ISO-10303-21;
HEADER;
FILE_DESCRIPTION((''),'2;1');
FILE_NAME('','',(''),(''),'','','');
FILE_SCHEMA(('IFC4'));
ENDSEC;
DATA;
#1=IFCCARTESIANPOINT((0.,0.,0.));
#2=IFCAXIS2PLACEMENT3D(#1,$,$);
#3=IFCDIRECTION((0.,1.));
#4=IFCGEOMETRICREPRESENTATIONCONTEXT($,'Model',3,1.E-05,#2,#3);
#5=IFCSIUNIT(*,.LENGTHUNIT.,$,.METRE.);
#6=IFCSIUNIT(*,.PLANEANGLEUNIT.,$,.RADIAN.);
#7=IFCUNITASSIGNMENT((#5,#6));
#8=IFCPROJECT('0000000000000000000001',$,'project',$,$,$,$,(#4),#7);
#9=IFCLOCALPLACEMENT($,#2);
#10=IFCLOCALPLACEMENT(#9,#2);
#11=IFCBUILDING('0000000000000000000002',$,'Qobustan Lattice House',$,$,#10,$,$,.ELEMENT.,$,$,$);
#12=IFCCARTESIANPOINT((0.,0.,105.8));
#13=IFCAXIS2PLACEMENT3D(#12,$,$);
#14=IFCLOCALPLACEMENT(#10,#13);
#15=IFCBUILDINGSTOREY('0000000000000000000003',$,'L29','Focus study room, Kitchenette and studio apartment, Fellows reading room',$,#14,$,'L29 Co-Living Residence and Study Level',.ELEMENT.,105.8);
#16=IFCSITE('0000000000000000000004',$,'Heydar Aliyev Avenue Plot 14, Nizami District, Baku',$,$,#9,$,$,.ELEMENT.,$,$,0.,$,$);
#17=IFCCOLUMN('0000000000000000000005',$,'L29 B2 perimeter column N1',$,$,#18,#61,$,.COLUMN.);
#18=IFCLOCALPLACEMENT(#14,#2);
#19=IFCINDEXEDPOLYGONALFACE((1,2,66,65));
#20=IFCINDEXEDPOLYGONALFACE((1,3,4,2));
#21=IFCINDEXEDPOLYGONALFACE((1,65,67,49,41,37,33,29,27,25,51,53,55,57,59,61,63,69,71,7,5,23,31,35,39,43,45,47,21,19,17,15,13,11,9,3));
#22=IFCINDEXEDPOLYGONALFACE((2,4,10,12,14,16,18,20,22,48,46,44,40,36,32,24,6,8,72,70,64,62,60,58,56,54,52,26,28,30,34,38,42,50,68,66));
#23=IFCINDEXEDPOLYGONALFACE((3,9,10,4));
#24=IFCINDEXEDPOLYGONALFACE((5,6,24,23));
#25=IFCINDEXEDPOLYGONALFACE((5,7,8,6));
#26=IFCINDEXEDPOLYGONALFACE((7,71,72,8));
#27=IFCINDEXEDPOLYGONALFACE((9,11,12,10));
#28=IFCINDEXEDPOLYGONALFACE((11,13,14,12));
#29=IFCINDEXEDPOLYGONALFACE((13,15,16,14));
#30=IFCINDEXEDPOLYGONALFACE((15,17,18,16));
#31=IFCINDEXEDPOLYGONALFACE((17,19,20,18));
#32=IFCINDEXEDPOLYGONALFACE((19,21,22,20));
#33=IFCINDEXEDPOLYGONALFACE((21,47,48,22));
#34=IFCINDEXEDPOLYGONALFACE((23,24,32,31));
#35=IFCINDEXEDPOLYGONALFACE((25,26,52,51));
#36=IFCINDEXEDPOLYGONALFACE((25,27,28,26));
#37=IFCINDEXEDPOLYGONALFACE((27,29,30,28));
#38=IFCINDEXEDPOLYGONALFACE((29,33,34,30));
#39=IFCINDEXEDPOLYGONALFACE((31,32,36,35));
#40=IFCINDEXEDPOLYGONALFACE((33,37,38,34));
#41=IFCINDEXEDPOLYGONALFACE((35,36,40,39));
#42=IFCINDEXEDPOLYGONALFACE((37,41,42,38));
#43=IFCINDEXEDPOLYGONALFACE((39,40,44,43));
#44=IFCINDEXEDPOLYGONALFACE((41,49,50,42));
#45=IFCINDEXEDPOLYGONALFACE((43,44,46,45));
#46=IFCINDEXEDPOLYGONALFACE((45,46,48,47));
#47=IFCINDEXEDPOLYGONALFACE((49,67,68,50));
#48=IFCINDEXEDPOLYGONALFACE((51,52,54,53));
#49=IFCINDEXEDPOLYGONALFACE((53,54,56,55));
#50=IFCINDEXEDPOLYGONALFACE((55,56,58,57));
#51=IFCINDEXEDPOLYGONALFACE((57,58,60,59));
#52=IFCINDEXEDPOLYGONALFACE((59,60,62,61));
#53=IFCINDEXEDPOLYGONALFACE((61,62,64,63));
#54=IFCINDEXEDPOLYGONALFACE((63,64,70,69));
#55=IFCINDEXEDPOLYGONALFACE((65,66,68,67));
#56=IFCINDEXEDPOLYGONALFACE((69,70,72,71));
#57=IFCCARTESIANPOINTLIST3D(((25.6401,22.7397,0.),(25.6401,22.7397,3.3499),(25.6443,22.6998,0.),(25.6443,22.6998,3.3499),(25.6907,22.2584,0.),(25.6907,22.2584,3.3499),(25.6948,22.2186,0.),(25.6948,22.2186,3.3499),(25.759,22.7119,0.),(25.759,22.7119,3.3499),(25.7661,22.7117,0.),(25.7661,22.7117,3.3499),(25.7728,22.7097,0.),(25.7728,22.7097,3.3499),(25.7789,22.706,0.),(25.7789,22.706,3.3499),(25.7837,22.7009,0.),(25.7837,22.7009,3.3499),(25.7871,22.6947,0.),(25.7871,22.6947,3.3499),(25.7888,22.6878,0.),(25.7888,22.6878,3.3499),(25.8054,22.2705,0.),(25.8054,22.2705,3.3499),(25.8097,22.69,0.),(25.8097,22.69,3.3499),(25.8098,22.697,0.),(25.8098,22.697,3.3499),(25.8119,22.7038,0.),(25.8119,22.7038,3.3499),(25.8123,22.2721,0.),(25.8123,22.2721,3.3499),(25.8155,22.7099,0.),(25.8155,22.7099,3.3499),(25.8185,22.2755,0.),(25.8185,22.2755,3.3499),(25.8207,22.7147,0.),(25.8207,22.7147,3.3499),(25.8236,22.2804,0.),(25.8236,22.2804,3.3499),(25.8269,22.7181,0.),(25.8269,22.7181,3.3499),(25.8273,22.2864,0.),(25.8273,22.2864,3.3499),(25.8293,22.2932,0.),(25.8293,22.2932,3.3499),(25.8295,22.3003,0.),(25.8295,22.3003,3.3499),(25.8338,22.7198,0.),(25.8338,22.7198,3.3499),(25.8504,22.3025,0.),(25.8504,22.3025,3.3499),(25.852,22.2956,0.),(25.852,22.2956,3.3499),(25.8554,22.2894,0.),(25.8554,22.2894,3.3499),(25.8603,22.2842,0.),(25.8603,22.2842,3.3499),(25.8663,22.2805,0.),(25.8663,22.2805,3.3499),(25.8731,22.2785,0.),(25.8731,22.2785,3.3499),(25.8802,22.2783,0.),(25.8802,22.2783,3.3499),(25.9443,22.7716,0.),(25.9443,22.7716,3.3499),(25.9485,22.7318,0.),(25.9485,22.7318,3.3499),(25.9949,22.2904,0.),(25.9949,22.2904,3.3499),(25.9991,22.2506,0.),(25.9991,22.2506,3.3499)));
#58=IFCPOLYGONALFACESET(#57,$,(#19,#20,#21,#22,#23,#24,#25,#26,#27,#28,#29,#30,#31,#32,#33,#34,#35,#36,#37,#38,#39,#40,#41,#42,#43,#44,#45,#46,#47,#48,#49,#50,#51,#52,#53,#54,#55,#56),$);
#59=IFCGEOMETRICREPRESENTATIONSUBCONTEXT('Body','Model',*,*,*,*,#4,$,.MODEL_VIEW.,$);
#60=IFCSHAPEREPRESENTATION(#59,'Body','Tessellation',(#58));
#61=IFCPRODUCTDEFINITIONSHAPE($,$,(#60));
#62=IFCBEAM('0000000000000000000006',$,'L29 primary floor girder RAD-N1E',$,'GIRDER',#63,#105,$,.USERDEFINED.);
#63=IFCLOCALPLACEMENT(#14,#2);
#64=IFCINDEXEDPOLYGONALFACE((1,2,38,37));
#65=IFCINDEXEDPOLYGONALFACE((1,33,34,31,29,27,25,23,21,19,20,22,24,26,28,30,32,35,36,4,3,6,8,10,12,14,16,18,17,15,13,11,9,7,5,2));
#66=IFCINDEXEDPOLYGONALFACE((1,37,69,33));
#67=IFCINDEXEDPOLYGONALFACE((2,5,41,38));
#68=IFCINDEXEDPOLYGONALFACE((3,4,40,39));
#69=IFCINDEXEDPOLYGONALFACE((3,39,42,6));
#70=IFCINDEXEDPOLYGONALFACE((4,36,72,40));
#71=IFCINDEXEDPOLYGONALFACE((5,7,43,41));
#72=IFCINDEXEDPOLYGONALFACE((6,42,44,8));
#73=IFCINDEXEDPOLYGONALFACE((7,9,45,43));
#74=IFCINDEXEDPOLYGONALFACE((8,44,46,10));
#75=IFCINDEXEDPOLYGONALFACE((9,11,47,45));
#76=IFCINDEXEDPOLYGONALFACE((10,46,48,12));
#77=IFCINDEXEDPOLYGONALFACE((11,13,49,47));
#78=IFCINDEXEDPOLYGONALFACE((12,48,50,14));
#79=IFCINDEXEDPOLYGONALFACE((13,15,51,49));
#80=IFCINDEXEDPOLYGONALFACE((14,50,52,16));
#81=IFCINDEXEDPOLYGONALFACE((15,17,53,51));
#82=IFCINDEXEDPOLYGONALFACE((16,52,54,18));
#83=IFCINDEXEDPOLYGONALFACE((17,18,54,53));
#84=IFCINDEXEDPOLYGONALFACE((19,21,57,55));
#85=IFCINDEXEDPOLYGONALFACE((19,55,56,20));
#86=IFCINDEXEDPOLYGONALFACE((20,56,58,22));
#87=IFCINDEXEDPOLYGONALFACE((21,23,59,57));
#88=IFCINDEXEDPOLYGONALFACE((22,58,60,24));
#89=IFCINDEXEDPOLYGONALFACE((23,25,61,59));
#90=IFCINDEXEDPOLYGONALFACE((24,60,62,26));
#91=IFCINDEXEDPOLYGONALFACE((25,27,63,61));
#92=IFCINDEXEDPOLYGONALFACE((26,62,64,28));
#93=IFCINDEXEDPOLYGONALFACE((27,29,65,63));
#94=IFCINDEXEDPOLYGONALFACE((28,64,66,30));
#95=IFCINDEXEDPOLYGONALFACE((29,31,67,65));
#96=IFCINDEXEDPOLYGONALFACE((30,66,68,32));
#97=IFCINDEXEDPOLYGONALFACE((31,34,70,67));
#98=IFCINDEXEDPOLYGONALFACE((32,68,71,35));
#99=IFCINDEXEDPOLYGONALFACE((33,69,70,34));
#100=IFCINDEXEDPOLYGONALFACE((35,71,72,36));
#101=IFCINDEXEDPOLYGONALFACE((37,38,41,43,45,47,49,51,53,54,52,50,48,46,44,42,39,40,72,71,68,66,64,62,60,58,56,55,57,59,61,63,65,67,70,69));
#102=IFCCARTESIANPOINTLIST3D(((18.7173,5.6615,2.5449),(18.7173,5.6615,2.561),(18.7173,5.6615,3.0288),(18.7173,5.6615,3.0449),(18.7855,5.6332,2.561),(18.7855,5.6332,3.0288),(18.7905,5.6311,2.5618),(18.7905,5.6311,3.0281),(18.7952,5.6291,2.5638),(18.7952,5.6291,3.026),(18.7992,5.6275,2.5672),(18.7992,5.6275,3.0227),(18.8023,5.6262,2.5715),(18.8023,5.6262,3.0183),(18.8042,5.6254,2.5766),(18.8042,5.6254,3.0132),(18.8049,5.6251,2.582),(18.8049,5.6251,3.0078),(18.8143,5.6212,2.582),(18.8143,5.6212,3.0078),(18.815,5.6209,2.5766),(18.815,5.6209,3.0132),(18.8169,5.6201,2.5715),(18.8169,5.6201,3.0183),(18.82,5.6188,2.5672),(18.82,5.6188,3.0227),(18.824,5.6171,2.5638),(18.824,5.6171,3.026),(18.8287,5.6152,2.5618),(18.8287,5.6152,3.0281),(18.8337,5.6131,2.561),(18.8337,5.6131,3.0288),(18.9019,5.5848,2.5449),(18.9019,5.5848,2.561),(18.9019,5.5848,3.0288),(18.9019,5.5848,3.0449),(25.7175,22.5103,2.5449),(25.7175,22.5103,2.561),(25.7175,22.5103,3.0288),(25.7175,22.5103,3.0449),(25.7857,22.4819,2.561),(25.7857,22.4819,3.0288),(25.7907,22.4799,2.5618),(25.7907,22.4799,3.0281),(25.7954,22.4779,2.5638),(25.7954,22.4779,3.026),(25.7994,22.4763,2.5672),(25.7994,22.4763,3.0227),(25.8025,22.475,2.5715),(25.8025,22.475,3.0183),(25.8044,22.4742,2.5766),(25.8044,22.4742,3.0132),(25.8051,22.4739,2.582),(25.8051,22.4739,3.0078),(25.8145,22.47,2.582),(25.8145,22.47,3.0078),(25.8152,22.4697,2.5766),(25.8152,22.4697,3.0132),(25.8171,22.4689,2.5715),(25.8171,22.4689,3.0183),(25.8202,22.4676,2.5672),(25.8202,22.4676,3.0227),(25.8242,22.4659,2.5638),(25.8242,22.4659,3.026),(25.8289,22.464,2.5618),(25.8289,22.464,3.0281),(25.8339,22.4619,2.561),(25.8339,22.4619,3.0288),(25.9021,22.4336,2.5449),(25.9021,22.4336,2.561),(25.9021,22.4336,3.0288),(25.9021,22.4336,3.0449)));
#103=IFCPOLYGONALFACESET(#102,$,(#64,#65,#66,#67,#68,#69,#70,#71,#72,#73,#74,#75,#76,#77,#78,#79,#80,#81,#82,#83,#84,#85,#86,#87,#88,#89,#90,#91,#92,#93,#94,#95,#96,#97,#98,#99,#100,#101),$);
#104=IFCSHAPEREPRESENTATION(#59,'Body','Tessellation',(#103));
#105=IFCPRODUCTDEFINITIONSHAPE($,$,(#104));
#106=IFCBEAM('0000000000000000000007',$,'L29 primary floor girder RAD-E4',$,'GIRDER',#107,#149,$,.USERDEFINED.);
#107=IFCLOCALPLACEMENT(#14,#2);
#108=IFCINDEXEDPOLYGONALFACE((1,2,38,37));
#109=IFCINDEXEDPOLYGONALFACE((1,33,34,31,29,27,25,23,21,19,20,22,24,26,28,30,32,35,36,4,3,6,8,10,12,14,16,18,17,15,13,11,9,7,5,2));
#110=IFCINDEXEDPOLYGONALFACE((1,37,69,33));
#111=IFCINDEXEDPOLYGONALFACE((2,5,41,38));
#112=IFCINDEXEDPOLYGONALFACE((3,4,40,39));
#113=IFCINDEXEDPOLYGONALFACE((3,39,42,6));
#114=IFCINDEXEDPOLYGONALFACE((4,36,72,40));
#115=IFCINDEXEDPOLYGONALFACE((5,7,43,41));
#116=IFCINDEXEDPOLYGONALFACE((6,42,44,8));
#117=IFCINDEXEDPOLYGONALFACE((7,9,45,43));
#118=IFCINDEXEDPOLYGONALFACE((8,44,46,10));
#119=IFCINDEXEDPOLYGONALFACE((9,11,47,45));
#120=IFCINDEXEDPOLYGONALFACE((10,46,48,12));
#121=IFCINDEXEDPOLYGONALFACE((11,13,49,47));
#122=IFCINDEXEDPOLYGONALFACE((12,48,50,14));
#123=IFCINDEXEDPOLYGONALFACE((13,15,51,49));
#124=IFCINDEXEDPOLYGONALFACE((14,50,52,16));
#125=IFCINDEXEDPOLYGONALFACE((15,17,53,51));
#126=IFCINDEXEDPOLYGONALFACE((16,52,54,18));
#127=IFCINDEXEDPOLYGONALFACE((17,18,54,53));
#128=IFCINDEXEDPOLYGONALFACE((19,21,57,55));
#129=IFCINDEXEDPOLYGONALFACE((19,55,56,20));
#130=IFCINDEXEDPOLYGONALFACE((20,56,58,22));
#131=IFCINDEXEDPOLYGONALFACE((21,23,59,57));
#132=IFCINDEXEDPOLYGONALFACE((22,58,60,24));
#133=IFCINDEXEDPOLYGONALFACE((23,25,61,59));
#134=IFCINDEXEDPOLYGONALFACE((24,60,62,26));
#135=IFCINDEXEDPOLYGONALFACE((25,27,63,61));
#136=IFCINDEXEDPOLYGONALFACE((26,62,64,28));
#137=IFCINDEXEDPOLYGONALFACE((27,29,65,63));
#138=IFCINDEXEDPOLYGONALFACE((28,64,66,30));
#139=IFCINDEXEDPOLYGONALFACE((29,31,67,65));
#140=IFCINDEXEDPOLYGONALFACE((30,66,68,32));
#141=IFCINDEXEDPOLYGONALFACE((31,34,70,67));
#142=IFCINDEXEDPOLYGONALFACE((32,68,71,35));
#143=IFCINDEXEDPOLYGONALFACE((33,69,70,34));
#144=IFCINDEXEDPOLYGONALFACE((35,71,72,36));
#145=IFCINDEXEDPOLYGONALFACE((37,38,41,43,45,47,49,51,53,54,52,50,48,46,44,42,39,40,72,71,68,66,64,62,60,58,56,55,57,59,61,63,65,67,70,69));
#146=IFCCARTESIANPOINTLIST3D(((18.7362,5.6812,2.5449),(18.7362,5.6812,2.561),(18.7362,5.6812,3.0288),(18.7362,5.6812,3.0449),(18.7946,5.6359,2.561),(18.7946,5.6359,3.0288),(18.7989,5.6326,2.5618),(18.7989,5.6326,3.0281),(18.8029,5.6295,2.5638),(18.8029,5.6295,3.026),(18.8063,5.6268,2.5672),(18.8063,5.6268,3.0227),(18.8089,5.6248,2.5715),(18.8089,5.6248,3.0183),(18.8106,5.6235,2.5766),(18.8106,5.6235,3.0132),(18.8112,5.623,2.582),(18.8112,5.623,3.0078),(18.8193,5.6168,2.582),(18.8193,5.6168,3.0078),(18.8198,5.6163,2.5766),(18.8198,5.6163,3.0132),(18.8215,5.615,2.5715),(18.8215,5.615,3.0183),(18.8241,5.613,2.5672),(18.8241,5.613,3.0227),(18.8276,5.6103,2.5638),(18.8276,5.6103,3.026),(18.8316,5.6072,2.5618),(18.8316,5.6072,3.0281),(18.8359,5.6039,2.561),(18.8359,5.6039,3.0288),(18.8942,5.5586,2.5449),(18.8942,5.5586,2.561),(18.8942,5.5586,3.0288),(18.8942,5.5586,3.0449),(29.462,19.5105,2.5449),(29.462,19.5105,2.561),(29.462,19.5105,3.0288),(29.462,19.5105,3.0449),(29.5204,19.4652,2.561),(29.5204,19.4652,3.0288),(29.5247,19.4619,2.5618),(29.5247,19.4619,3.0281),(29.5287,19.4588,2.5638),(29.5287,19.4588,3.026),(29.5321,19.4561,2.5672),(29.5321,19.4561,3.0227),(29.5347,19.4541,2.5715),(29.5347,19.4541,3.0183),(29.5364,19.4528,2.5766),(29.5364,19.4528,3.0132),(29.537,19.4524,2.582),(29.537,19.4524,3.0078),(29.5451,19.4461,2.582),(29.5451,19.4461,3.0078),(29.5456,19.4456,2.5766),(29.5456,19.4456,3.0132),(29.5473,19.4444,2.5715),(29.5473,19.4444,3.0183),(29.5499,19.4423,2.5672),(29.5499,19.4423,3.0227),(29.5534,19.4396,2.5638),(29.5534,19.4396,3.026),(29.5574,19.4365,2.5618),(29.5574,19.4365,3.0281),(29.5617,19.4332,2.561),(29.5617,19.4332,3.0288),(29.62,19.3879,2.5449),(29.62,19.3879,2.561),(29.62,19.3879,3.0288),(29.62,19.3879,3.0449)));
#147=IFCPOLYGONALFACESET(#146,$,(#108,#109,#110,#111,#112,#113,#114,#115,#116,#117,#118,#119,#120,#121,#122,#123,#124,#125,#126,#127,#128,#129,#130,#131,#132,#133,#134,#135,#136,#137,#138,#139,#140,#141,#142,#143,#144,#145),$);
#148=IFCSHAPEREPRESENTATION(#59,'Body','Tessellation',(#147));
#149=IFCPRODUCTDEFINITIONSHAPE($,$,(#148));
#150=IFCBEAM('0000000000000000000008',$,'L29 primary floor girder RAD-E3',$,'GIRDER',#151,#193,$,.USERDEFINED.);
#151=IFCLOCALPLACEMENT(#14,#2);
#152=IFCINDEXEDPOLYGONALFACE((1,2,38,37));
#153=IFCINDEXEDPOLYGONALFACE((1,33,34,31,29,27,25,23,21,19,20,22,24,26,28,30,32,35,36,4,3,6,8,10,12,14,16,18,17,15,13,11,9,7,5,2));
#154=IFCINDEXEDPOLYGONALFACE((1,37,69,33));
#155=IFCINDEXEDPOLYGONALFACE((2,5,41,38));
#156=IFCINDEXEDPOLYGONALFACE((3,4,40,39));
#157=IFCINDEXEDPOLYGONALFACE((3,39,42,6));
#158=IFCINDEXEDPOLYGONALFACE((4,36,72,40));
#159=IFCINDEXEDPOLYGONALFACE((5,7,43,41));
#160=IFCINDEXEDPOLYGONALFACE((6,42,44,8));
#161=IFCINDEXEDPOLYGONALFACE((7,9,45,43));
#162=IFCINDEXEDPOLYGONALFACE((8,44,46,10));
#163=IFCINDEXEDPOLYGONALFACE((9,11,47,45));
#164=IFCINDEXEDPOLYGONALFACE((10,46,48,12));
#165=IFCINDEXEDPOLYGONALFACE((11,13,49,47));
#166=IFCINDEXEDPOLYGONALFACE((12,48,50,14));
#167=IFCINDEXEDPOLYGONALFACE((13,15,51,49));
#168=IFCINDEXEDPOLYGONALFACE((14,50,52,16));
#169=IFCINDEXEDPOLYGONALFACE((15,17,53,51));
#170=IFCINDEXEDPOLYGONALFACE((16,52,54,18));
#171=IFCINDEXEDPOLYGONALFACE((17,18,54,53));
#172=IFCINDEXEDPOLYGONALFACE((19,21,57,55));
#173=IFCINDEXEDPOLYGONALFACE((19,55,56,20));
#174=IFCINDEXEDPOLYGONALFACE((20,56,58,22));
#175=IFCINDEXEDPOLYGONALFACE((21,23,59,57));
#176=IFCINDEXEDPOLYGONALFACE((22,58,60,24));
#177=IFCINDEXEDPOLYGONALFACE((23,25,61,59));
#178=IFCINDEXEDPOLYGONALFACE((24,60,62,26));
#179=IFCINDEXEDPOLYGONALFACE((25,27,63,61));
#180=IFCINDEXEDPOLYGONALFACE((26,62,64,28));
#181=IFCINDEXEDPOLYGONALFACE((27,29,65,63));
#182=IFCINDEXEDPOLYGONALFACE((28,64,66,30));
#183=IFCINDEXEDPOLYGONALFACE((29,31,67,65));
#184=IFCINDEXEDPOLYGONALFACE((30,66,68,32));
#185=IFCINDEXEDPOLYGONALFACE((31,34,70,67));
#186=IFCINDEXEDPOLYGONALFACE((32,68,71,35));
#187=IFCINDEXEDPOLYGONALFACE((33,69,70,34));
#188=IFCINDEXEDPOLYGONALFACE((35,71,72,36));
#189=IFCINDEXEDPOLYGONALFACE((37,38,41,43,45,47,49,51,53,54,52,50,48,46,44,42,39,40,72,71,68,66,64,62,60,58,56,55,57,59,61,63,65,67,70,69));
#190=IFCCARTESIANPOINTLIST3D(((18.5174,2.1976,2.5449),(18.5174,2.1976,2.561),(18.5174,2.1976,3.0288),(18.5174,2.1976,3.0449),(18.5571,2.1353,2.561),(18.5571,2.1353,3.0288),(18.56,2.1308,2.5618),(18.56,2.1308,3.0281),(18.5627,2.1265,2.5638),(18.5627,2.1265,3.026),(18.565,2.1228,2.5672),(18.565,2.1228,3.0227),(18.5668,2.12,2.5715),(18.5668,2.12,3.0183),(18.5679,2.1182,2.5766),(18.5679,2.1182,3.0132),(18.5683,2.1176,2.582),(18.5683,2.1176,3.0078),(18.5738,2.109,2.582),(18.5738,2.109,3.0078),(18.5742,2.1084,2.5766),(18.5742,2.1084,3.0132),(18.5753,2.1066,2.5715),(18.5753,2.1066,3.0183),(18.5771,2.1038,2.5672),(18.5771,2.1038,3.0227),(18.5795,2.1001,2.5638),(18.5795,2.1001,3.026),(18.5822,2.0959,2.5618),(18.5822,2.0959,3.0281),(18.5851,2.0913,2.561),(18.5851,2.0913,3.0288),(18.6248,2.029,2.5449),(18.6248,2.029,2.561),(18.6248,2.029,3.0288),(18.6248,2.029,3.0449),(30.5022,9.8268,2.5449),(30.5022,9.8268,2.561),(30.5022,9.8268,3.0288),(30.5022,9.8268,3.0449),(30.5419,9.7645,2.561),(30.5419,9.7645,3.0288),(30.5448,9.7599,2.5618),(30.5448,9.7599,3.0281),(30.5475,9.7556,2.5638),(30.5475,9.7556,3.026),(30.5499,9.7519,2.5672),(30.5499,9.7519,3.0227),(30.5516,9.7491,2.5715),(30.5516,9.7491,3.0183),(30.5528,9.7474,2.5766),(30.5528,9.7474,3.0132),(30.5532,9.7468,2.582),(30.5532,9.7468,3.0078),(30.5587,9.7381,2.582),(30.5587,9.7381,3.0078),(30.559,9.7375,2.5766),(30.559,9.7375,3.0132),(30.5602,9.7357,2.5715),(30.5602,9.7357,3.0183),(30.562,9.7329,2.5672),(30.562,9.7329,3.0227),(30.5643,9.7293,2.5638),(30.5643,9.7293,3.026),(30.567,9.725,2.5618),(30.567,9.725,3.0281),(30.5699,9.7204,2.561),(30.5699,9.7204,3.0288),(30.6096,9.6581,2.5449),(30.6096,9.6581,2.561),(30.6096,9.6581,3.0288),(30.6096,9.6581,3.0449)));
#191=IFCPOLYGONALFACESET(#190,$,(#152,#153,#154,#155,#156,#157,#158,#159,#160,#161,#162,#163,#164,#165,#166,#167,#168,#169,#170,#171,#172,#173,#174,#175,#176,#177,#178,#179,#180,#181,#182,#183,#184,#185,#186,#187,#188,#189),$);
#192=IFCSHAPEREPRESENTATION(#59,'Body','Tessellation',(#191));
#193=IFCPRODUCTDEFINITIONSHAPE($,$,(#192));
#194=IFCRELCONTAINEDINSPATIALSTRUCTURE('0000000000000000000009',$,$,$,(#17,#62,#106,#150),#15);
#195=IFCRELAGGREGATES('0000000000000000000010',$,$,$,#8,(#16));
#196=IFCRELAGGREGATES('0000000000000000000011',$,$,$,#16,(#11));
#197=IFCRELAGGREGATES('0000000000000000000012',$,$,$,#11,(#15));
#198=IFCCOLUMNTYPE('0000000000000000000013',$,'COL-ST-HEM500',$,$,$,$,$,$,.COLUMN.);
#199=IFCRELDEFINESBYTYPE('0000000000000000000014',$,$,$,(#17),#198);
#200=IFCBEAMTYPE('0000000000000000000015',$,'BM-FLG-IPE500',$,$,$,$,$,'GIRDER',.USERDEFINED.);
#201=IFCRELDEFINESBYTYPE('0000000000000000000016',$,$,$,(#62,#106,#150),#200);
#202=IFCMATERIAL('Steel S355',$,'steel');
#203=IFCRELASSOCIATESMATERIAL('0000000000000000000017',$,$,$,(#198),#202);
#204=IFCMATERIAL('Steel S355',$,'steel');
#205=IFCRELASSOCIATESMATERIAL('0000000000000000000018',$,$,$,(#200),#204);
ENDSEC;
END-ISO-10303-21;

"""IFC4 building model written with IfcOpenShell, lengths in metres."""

from ifc_helpers import new_model, si_unit, direction, frame, origin, origin_2d, place, context, subcontext, project, spatial, i_section, extrude, material, material_profile, profile_set, type_object, element, save


model = new_model("IFC4")

# Units and contexts
model_context = context("Model", 3, precision=1e-05, world=origin(), true_north=direction((0.0, 1.0)))
body_context = subcontext(model_context, "Body", "Model", "MODEL_VIEW")
ifc_project = project(units=[si_unit("LENGTHUNIT", "METRE"), si_unit("PLANEANGLEUNIT", "RADIAN")], contexts=[model_context])

# Site, building, storey
site_placement = place(None, origin())
site = spatial("IfcSite", under=ifc_project, at=site_placement, Name="Heydar Aliyev Avenue Plot 14, Nizami District, Baku", CompositionType="ELEMENT", RefElevation=0.0)
building_placement = place(site_placement, origin())
building = spatial("IfcBuilding", under=site, at=building_placement, Name="Qobustan Lattice House", CompositionType="ELEMENT")
storey_placement = place(building_placement, frame((0.0, 0.0, 105.8)))
storey = spatial("IfcBuildingStorey", under=building, at=storey_placement, Name="L29", Description="Focus study room, Kitchenette and studio apartment, Fellows reading room", LongName="L29 Co-Living Residence and Study Level", CompositionType="ELEMENT", Elevation=105.8)

# Column
ifc_material_1 = material(Name="Steel S355", Category="steel")
ifc_material_profile_1 = material_profile(ifc_material_1, i_section(OverallWidth=0.3059, OverallDepth=0.5239, WebThickness=0.021, FlangeThickness=0.04, FilletRadius=0.0271, at=origin_2d()), Name="HEM500")
ifc_profile_set_1 = profile_set([ifc_material_profile_1], Name="Steel S355")
column_type_1 = type_object("IfcColumnType", Name="COL-ST-HEM500", PredefinedType="COLUMN", material=ifc_profile_set_1)
column_1_placement = place(storey_placement, frame((25.8196, 22.4951, 0.0), z_axis=(0.0, 0.0, 1.0), x_axis=(0.994522, 0.104528, 0.0)))
element("IfcColumn", 1, at=column_1_placement, inside=storey, type_object=column_type_1, Name="L29 B2 perimeter column N1", PredefinedType="COLUMN", context=body_context, shape_type="SweptSolid", body=[
    extrude(i_section(OverallWidth=0.3059, OverallDepth=0.5239, WebThickness=0.021, FlangeThickness=0.04, FilletRadius=0.0271, at=origin_2d()), origin(), (0.0, 0.0, 1.0), 3.3499),
])

# Beams
ifc_material_2 = material(Name="Steel S355", Category="steel")
ifc_material_profile_2 = material_profile(ifc_material_2, i_section(OverallWidth=0.2, OverallDepth=0.5, WebThickness=0.0103, FlangeThickness=0.0161, FilletRadius=0.021, at=origin_2d()), Name="IPE500")
ifc_profile_set_2 = profile_set([ifc_material_profile_2], Name="Steel S355")
beam_type_1 = type_object("IfcBeamType", Name="BM-FLG-IPE500", ElementType="GIRDER", PredefinedType="USERDEFINED", material=ifc_profile_set_2)
beam_1_placement = place(storey_placement, frame((25.8098, 22.4719, 2.7949), z_axis=(-0.383676, -0.923468, 0.0), x_axis=(0.923468, -0.383676, 0.0)))
element("IfcBeam", 2, at=beam_1_placement, inside=storey, type_object=beam_type_1, Name="L29 primary floor girder RAD-N1E", ObjectType="GIRDER", PredefinedType="USERDEFINED", context=body_context, shape_type="SweptSolid", body=[
    extrude(i_section(OverallWidth=0.2, OverallDepth=0.5, WebThickness=0.0103, FlangeThickness=0.0161, FilletRadius=0.021, at=origin_2d()), origin(), (0.0, 0.0, 1.0), 18.2451),
])
beam_2_placement = place(storey_placement, frame((29.541, 19.4492, 2.7949), z_axis=(-0.61286, -0.790191, 0.0), x_axis=(0.790191, -0.61286, 0.0)))
element("IfcBeam", 3, at=beam_2_placement, inside=storey, type_object=beam_type_1, Name="L29 primary floor girder RAD-E4", ObjectType="GIRDER", PredefinedType="USERDEFINED", context=body_context, shape_type="SweptSolid", body=[
    extrude(i_section(OverallWidth=0.2, OverallDepth=0.5, WebThickness=0.0103, FlangeThickness=0.0161, FilletRadius=0.021, at=origin_2d()), origin(), (0.0, 0.0, 1.0), 17.5012),
])
beam_3_placement = place(storey_placement, frame((30.5559, 9.7424, 2.7949), z_axis=(-0.843584, -0.536997, 0.0), x_axis=(0.536997, -0.843584, 0.0)))
element("IfcBeam", 4, at=beam_3_placement, inside=storey, type_object=beam_type_1, Name="L29 primary floor girder RAD-E3", ObjectType="GIRDER", PredefinedType="USERDEFINED", context=body_context, shape_type="SweptSolid", body=[
    extrude(i_section(OverallWidth=0.2, OverallDepth=0.5, WebThickness=0.0103, FlangeThickness=0.0161, FilletRadius=0.021, at=origin_2d()), origin(), (0.0, 0.0, 1.0), 14.207),
])

save(model, "model.ifc")
